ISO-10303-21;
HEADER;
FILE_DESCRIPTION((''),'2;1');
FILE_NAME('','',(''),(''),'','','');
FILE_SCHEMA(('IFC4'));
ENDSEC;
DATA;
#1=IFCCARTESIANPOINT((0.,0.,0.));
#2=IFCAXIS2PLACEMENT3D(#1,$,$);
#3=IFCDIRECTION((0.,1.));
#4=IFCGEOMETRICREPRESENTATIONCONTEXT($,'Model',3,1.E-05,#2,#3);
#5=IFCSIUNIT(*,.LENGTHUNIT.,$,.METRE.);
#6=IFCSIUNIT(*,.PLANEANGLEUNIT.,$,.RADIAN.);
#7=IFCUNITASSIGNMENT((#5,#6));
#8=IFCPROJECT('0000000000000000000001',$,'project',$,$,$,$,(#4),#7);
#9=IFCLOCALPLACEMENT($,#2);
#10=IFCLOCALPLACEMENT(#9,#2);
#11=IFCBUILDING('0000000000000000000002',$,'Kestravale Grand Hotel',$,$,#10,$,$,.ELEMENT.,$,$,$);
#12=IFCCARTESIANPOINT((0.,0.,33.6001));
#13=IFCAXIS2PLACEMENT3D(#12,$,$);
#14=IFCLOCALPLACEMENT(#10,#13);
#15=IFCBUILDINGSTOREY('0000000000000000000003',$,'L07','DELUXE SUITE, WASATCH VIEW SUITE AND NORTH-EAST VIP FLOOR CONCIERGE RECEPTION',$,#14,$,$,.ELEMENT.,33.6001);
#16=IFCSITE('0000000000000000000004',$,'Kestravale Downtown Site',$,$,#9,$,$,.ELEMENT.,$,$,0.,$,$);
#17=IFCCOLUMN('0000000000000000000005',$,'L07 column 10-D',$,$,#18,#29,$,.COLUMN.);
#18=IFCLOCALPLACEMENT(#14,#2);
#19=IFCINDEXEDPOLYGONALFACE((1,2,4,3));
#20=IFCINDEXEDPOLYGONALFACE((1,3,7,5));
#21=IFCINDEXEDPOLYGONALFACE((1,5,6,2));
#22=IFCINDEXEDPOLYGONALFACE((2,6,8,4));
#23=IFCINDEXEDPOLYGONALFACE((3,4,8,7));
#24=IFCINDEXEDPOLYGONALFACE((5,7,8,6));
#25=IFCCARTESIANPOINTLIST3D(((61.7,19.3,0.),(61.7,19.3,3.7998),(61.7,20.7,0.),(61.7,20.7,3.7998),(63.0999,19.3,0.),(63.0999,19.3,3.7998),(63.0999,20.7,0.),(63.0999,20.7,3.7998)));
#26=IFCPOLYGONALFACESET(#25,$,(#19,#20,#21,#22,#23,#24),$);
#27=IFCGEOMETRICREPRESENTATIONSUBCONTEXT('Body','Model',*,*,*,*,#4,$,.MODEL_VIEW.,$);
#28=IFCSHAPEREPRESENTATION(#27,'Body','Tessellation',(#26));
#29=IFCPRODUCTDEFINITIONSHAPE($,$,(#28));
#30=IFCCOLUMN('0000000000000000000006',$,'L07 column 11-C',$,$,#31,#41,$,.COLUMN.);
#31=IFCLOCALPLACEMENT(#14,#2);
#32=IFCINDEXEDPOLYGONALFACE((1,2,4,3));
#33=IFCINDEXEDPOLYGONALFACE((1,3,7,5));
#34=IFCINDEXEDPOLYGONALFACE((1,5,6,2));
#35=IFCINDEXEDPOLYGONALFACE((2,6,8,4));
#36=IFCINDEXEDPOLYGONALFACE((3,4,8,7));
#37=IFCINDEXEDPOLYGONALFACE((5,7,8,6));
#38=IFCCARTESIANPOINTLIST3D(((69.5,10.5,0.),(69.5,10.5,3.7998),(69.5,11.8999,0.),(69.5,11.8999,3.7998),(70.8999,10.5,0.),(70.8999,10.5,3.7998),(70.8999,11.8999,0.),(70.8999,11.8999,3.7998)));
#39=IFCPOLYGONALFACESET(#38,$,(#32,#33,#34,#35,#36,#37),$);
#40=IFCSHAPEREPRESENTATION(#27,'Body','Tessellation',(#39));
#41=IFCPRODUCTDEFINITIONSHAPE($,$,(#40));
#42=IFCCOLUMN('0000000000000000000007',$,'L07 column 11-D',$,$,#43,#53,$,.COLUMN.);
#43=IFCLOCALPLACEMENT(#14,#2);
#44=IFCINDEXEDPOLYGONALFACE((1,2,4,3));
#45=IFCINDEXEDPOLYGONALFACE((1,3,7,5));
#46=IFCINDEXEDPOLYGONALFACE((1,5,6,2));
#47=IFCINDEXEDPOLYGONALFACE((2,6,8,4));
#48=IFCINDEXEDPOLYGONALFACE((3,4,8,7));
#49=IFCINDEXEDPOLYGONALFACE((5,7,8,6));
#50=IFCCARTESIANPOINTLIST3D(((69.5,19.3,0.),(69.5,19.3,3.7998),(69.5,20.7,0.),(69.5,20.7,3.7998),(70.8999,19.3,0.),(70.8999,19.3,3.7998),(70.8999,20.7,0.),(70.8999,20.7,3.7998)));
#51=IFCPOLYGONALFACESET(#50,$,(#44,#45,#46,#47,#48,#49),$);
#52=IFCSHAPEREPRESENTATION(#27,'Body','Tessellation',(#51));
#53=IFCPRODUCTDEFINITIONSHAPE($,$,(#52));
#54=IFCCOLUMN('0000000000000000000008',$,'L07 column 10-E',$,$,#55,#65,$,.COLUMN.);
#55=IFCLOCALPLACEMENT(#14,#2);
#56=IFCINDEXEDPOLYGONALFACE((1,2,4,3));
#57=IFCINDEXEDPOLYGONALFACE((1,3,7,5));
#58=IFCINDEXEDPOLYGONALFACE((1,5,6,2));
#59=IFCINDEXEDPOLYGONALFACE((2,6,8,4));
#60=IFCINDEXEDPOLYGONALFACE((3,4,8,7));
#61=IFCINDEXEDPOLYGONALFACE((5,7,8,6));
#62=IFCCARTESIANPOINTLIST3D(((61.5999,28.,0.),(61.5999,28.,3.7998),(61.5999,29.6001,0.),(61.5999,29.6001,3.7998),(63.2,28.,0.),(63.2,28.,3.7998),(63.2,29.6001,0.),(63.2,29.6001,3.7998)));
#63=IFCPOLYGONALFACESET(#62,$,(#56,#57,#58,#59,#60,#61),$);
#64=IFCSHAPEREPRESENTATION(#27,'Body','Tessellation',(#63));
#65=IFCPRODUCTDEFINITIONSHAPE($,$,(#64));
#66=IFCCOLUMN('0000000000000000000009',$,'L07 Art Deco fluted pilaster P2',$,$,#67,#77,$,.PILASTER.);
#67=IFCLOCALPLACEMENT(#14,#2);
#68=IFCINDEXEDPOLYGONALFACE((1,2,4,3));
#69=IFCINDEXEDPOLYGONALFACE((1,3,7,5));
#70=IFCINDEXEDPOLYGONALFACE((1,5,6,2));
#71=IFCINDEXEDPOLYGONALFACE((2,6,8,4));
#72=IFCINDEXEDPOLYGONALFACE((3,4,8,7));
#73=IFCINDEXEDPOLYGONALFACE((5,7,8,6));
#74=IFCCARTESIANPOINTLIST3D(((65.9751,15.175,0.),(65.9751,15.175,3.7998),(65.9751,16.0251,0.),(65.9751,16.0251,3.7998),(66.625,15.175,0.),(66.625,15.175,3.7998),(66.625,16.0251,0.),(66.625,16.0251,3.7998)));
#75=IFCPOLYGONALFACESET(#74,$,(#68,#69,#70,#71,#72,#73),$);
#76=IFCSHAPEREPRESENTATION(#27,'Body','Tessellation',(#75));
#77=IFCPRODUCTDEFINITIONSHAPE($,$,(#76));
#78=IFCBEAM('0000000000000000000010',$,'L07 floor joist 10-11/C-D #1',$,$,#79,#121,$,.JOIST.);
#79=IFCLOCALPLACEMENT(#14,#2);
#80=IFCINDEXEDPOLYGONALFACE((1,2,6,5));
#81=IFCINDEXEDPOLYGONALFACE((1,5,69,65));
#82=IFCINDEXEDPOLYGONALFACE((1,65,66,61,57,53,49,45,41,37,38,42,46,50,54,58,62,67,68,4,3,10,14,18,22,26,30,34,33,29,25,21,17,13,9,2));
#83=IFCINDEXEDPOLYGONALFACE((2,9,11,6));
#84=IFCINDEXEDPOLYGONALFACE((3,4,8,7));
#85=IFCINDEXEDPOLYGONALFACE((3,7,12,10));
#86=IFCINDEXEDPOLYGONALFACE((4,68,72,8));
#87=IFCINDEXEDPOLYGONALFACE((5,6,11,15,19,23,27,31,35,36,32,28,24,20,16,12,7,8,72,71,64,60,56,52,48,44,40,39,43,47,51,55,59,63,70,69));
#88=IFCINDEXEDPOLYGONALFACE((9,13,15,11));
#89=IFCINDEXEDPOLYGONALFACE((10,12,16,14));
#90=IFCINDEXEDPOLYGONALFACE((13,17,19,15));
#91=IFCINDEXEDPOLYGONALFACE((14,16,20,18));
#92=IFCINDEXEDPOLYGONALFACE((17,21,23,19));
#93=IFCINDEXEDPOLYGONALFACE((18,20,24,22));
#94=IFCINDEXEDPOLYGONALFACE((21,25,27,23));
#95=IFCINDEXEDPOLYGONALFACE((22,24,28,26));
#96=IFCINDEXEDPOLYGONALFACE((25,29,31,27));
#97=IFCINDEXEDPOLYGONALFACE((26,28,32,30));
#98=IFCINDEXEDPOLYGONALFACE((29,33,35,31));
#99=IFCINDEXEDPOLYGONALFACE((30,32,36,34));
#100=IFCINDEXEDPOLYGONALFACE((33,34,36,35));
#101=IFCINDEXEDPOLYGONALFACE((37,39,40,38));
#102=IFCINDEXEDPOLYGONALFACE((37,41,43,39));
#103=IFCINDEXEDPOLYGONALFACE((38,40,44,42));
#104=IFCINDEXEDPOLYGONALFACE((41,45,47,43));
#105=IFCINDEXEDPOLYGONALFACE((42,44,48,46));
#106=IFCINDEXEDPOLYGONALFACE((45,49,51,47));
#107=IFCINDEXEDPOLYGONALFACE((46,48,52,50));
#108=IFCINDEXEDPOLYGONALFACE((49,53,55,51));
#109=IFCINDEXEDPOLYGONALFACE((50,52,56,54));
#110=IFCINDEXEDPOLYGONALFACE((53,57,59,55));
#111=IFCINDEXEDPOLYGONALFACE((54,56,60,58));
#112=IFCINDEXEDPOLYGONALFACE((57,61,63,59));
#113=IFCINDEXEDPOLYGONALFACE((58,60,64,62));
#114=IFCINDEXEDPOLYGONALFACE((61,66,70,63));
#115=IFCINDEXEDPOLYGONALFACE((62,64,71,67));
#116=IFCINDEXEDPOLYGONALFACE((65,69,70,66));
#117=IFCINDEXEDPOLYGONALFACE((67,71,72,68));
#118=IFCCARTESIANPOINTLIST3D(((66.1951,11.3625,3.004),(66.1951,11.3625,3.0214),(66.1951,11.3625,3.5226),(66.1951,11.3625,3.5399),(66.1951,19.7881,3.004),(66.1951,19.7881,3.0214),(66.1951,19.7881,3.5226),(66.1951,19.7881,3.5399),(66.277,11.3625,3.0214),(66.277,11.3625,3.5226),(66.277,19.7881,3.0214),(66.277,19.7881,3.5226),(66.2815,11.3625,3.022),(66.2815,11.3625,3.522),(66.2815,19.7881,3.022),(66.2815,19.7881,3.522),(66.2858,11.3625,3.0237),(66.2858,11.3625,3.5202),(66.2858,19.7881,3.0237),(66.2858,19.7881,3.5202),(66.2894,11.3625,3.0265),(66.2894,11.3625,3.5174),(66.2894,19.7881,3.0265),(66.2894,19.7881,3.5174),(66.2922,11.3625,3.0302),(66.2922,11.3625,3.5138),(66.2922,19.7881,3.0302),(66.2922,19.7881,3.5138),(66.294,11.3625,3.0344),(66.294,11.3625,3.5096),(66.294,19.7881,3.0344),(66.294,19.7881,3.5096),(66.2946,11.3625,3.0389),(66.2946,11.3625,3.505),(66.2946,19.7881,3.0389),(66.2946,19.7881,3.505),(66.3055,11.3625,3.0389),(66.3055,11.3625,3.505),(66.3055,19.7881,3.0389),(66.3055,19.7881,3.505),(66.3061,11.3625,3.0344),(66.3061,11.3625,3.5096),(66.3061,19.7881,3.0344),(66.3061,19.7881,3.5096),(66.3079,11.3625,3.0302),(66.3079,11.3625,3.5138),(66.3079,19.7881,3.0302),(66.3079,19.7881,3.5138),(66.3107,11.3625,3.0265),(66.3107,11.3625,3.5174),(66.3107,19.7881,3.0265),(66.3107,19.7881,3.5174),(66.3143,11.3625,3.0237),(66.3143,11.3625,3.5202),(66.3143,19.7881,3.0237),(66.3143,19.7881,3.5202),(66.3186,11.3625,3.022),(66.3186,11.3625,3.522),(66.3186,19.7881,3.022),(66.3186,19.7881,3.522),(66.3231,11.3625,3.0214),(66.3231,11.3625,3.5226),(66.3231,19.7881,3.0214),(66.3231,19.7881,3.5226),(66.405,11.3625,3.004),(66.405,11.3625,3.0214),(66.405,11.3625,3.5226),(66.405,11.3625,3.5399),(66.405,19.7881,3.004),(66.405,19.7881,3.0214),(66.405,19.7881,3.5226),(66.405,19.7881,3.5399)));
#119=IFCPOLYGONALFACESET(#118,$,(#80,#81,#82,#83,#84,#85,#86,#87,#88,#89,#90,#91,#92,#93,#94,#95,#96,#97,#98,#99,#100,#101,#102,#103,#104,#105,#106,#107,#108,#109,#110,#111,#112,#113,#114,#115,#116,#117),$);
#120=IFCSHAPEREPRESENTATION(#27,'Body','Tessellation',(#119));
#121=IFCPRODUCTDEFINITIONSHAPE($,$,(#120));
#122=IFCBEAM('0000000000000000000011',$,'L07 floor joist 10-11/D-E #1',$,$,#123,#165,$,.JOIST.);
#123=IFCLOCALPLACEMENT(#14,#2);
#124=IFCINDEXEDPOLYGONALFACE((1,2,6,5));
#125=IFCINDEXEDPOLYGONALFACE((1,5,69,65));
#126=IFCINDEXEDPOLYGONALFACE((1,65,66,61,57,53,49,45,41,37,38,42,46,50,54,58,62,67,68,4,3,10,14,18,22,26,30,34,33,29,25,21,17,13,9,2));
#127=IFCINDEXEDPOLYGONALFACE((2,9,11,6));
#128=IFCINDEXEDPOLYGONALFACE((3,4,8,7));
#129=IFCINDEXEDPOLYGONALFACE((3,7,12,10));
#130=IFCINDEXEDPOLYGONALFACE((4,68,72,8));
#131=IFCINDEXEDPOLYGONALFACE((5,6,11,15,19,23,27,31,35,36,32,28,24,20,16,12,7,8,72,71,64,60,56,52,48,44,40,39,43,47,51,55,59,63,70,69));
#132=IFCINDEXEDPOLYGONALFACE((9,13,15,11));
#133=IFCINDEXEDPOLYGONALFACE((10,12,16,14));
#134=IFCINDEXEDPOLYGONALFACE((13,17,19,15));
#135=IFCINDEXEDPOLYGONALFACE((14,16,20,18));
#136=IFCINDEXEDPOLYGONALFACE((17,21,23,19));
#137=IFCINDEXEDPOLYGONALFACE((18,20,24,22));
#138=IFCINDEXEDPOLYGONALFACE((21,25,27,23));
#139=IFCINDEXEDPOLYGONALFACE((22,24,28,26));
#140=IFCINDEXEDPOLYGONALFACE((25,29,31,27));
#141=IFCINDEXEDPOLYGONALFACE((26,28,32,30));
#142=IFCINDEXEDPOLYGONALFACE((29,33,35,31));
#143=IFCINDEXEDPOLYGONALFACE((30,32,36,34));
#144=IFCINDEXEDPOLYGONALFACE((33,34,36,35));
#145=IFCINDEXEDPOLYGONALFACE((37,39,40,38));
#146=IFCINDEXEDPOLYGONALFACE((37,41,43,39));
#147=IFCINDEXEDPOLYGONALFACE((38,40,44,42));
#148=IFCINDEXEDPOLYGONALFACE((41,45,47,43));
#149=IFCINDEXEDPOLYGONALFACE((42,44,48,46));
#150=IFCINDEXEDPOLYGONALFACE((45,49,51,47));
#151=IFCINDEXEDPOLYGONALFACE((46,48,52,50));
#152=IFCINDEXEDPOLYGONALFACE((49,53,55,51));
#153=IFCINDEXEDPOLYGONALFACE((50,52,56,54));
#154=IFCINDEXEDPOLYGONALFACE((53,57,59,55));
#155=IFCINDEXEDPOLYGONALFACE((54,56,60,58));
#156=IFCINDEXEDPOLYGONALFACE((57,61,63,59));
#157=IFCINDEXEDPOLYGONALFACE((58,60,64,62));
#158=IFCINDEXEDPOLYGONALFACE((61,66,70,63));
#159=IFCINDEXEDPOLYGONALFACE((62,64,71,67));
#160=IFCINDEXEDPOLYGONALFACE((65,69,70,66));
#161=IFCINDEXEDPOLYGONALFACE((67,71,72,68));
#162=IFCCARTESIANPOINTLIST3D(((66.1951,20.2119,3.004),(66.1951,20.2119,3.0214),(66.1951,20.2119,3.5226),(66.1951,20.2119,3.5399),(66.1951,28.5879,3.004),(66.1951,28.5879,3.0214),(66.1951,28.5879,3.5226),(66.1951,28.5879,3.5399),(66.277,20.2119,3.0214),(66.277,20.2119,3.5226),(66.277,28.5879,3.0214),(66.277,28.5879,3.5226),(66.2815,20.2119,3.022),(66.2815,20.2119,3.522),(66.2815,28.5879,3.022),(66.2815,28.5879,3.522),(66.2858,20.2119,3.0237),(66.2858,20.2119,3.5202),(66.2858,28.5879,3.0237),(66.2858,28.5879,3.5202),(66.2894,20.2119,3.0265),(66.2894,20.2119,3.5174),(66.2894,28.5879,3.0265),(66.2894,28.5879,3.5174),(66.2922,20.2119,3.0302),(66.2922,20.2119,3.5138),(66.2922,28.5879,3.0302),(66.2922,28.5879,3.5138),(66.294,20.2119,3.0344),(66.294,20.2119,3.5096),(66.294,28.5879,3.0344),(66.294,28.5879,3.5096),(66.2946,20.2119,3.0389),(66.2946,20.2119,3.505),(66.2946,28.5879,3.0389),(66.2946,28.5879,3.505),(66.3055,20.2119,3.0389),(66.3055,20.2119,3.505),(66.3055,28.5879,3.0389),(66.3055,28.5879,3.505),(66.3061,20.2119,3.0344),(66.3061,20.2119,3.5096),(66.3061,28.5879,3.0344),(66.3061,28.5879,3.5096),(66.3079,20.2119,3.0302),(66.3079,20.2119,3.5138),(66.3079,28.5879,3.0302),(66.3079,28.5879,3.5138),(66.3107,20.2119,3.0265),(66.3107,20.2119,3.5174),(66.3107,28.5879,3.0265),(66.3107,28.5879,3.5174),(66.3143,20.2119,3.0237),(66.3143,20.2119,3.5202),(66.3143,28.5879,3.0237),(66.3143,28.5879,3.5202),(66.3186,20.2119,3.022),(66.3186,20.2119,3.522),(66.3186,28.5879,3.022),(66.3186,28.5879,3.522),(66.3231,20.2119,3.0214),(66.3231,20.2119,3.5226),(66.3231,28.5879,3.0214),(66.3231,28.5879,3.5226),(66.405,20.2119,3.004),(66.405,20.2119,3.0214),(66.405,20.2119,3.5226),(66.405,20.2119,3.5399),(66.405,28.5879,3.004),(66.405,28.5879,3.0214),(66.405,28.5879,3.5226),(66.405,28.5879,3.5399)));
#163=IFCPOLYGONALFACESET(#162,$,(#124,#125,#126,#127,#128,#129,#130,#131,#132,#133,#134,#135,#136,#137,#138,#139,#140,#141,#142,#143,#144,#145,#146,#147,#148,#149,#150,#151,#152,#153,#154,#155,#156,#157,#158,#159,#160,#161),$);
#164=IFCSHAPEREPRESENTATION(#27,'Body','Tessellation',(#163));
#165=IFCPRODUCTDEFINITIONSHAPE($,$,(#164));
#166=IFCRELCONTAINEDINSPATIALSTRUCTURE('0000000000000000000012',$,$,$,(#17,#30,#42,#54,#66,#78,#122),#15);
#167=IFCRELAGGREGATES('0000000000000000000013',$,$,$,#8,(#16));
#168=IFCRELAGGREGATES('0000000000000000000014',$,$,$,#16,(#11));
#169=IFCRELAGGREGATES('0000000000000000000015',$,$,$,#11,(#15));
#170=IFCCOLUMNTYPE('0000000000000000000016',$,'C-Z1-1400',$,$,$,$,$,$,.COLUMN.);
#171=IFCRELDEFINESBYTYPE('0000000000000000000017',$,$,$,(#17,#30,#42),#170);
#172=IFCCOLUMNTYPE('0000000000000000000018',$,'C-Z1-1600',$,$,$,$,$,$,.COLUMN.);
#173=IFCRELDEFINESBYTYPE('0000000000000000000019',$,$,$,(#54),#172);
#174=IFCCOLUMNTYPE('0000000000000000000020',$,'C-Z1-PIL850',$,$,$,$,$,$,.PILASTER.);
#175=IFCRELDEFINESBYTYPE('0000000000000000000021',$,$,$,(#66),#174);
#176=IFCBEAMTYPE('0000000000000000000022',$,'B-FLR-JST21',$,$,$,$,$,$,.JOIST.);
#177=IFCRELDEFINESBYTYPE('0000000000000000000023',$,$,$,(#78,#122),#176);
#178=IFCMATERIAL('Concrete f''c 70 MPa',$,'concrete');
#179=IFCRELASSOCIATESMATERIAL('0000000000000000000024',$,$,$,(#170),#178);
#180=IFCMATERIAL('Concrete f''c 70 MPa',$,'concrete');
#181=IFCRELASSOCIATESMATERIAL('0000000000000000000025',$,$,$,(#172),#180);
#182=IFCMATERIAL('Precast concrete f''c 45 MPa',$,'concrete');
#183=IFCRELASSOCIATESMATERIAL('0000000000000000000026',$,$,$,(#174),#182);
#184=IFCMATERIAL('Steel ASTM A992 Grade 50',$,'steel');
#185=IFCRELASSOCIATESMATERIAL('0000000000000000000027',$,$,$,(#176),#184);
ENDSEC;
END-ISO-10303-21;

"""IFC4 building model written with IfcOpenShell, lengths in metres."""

from ifc_helpers import new_model, si_unit, direction, frame, origin, origin_2d, place, context, subcontext, project, spatial, rectangle, i_section, extrude, material, material_profile, profile_set, type_object, element, save


model = new_model("IFC4")

# Units and contexts
model_context = context("Model", 3, precision=1e-05, world=origin(), true_north=direction((0.0, 1.0)))
body_context = subcontext(model_context, "Body", "Model", "MODEL_VIEW")
ifc_project = project(units=[si_unit("LENGTHUNIT", "METRE"), si_unit("PLANEANGLEUNIT", "RADIAN")], contexts=[model_context])

# Site, building, storey
site_placement = place(None, origin())
site = spatial("IfcSite", under=ifc_project, at=site_placement, Name="Kestravale Downtown Site", CompositionType="ELEMENT", RefElevation=0.0)
building_placement = place(site_placement, origin())
building = spatial("IfcBuilding", under=site, at=building_placement, Name="Kestravale Grand Hotel", CompositionType="ELEMENT")
storey_placement = place(building_placement, frame((0.0, 0.0, 33.6001)))
storey = spatial("IfcBuildingStorey", under=building, at=storey_placement, Name="L07", Description="DELUXE SUITE, WASATCH VIEW SUITE AND NORTH-EAST VIP FLOOR CONCIERGE RECEPTION", CompositionType="ELEMENT", Elevation=33.6001)

# Columns
ifc_material_1 = material(Name="Concrete f'c 70 MPa", Category="concrete")
ifc_material_profile_1 = material_profile(ifc_material_1, rectangle(XDim=1.3999, YDim=1.3999, at=origin_2d()))
ifc_profile_set_1 = profile_set([ifc_material_profile_1], Name="Concrete f'c 70 MPa")
column_type_1 = type_object("IfcColumnType", Name="C-Z1-1400", PredefinedType="COLUMN", material=ifc_profile_set_1)
for number, where, z_axis, x_axis, name in (
    (1, (62.3999, 20.0, 0.0), (0.0, 0.0, 1.0), (1.0, 0.0, 0.0), "L07 column 10-D"),
    (2, (70.2, 11.2, 0.0), (0.0, 0.0, 1.0), (1.0, 0.0, 0.0), "L07 column 11-C"),
    (3, (70.2, 20.0, 0.0), (0.0, 0.0, 1.0), (1.0, 0.0, 0.0), "L07 column 11-D"),
):
    element("IfcColumn", number, at=place(storey_placement, frame(where, z_axis=z_axis, x_axis=x_axis)), inside=storey, type_object=column_type_1, Name=name, PredefinedType="COLUMN", context=body_context, shape_type="SweptSolid", body=[
        extrude(rectangle(XDim=1.3999, YDim=1.3999, at=origin_2d()), origin(), (0.0, 0.0, 1.0), 3.7998),
    ])
ifc_material_2 = material(Name="Concrete f'c 70 MPa", Category="concrete")
ifc_material_profile_2 = material_profile(ifc_material_2, rectangle(XDim=1.6001, YDim=1.6001, at=origin_2d()))
ifc_profile_set_2 = profile_set([ifc_material_profile_2], Name="Concrete f'c 70 MPa")
column_type_2 = type_object("IfcColumnType", Name="C-Z1-1600", PredefinedType="COLUMN", material=ifc_profile_set_2)
column_1_placement = place(storey_placement, frame((62.3999, 28.8, 0.0), z_axis=(0.0, 0.0, 1.0), x_axis=(1.0, 0.0, 0.0)))
element("IfcColumn", 4, at=column_1_placement, inside=storey, type_object=column_type_2, Name="L07 column 10-E", PredefinedType="COLUMN", context=body_context, shape_type="SweptSolid", body=[
    extrude(rectangle(XDim=1.6001, YDim=1.6001, at=origin_2d()), origin(), (0.0, 0.0, 1.0), 3.7998),
])
ifc_material_3 = material(Name="Precast concrete f'c 45 MPa", Category="concrete")
ifc_material_profile_3 = material_profile(ifc_material_3, rectangle(XDim=0.6499, YDim=0.8501, at=origin_2d()))
ifc_profile_set_3 = profile_set([ifc_material_profile_3], Name="Precast concrete f'c 45 MPa")
column_type_3 = type_object("IfcColumnType", Name="C-Z1-PIL850", PredefinedType="PILASTER", material=ifc_profile_set_3)
column_2_placement = place(storey_placement, frame((66.3, 15.6001, 0.0), z_axis=(0.0, 0.0, 1.0), x_axis=(1.0, 0.0, 0.0)))
element("IfcColumn", 5, at=column_2_placement, inside=storey, type_object=column_type_3, Name="L07 Art Deco fluted pilaster P2", PredefinedType="PILASTER", context=body_context, shape_type="SweptSolid", body=[
    extrude(rectangle(XDim=0.6499, YDim=0.8501, at=origin_2d()), origin(), (0.0, 0.0, 1.0), 3.7998),
])

# Beams
ifc_material_4 = material(Name="Steel ASTM A992 Grade 50", Category="steel")
ifc_material_profile_4 = material_profile(ifc_material_4, i_section(OverallWidth=0.21, OverallDepth=0.5359, WebThickness=0.011, FlangeThickness=0.0173, FilletRadius=0.0176, at=origin_2d()))
ifc_profile_set_4 = profile_set([ifc_material_profile_4], Name="Steel ASTM A992 Grade 50")
beam_type_1 = type_object("IfcBeamType", Name="B-FLR-JST21", PredefinedType="JOIST", material=ifc_profile_set_4)
beam_1_placement = place(storey_placement, frame((66.3, 11.3625, 3.272), z_axis=(0.0, 1.0, 0.0), x_axis=(-1.0, 0.0, 0.0)))
element("IfcBeam", 6, at=beam_1_placement, inside=storey, type_object=beam_type_1, Name="L07 floor joist 10-11/C-D #1", PredefinedType="JOIST", context=body_context, shape_type="SweptSolid", body=[
    extrude(i_section(OverallWidth=0.21, OverallDepth=0.5359, WebThickness=0.011, FlangeThickness=0.0173, FilletRadius=0.0176, at=origin_2d()), origin(), (0.0, 0.0, 1.0), 8.4255),
])
beam_2_placement = place(storey_placement, frame((66.3, 20.2119, 3.272), z_axis=(0.0, 1.0, 0.0), x_axis=(-1.0, 0.0, 0.0)))
element("IfcBeam", 7, at=beam_2_placement, inside=storey, type_object=beam_type_1, Name="L07 floor joist 10-11/D-E #1", PredefinedType="JOIST", context=body_context, shape_type="SweptSolid", body=[
    extrude(i_section(OverallWidth=0.21, OverallDepth=0.5359, WebThickness=0.011, FlangeThickness=0.0173, FilletRadius=0.0176, at=origin_2d()), origin(), (0.0, 0.0, 1.0), 8.376),
])

save(model, "model.ifc")
